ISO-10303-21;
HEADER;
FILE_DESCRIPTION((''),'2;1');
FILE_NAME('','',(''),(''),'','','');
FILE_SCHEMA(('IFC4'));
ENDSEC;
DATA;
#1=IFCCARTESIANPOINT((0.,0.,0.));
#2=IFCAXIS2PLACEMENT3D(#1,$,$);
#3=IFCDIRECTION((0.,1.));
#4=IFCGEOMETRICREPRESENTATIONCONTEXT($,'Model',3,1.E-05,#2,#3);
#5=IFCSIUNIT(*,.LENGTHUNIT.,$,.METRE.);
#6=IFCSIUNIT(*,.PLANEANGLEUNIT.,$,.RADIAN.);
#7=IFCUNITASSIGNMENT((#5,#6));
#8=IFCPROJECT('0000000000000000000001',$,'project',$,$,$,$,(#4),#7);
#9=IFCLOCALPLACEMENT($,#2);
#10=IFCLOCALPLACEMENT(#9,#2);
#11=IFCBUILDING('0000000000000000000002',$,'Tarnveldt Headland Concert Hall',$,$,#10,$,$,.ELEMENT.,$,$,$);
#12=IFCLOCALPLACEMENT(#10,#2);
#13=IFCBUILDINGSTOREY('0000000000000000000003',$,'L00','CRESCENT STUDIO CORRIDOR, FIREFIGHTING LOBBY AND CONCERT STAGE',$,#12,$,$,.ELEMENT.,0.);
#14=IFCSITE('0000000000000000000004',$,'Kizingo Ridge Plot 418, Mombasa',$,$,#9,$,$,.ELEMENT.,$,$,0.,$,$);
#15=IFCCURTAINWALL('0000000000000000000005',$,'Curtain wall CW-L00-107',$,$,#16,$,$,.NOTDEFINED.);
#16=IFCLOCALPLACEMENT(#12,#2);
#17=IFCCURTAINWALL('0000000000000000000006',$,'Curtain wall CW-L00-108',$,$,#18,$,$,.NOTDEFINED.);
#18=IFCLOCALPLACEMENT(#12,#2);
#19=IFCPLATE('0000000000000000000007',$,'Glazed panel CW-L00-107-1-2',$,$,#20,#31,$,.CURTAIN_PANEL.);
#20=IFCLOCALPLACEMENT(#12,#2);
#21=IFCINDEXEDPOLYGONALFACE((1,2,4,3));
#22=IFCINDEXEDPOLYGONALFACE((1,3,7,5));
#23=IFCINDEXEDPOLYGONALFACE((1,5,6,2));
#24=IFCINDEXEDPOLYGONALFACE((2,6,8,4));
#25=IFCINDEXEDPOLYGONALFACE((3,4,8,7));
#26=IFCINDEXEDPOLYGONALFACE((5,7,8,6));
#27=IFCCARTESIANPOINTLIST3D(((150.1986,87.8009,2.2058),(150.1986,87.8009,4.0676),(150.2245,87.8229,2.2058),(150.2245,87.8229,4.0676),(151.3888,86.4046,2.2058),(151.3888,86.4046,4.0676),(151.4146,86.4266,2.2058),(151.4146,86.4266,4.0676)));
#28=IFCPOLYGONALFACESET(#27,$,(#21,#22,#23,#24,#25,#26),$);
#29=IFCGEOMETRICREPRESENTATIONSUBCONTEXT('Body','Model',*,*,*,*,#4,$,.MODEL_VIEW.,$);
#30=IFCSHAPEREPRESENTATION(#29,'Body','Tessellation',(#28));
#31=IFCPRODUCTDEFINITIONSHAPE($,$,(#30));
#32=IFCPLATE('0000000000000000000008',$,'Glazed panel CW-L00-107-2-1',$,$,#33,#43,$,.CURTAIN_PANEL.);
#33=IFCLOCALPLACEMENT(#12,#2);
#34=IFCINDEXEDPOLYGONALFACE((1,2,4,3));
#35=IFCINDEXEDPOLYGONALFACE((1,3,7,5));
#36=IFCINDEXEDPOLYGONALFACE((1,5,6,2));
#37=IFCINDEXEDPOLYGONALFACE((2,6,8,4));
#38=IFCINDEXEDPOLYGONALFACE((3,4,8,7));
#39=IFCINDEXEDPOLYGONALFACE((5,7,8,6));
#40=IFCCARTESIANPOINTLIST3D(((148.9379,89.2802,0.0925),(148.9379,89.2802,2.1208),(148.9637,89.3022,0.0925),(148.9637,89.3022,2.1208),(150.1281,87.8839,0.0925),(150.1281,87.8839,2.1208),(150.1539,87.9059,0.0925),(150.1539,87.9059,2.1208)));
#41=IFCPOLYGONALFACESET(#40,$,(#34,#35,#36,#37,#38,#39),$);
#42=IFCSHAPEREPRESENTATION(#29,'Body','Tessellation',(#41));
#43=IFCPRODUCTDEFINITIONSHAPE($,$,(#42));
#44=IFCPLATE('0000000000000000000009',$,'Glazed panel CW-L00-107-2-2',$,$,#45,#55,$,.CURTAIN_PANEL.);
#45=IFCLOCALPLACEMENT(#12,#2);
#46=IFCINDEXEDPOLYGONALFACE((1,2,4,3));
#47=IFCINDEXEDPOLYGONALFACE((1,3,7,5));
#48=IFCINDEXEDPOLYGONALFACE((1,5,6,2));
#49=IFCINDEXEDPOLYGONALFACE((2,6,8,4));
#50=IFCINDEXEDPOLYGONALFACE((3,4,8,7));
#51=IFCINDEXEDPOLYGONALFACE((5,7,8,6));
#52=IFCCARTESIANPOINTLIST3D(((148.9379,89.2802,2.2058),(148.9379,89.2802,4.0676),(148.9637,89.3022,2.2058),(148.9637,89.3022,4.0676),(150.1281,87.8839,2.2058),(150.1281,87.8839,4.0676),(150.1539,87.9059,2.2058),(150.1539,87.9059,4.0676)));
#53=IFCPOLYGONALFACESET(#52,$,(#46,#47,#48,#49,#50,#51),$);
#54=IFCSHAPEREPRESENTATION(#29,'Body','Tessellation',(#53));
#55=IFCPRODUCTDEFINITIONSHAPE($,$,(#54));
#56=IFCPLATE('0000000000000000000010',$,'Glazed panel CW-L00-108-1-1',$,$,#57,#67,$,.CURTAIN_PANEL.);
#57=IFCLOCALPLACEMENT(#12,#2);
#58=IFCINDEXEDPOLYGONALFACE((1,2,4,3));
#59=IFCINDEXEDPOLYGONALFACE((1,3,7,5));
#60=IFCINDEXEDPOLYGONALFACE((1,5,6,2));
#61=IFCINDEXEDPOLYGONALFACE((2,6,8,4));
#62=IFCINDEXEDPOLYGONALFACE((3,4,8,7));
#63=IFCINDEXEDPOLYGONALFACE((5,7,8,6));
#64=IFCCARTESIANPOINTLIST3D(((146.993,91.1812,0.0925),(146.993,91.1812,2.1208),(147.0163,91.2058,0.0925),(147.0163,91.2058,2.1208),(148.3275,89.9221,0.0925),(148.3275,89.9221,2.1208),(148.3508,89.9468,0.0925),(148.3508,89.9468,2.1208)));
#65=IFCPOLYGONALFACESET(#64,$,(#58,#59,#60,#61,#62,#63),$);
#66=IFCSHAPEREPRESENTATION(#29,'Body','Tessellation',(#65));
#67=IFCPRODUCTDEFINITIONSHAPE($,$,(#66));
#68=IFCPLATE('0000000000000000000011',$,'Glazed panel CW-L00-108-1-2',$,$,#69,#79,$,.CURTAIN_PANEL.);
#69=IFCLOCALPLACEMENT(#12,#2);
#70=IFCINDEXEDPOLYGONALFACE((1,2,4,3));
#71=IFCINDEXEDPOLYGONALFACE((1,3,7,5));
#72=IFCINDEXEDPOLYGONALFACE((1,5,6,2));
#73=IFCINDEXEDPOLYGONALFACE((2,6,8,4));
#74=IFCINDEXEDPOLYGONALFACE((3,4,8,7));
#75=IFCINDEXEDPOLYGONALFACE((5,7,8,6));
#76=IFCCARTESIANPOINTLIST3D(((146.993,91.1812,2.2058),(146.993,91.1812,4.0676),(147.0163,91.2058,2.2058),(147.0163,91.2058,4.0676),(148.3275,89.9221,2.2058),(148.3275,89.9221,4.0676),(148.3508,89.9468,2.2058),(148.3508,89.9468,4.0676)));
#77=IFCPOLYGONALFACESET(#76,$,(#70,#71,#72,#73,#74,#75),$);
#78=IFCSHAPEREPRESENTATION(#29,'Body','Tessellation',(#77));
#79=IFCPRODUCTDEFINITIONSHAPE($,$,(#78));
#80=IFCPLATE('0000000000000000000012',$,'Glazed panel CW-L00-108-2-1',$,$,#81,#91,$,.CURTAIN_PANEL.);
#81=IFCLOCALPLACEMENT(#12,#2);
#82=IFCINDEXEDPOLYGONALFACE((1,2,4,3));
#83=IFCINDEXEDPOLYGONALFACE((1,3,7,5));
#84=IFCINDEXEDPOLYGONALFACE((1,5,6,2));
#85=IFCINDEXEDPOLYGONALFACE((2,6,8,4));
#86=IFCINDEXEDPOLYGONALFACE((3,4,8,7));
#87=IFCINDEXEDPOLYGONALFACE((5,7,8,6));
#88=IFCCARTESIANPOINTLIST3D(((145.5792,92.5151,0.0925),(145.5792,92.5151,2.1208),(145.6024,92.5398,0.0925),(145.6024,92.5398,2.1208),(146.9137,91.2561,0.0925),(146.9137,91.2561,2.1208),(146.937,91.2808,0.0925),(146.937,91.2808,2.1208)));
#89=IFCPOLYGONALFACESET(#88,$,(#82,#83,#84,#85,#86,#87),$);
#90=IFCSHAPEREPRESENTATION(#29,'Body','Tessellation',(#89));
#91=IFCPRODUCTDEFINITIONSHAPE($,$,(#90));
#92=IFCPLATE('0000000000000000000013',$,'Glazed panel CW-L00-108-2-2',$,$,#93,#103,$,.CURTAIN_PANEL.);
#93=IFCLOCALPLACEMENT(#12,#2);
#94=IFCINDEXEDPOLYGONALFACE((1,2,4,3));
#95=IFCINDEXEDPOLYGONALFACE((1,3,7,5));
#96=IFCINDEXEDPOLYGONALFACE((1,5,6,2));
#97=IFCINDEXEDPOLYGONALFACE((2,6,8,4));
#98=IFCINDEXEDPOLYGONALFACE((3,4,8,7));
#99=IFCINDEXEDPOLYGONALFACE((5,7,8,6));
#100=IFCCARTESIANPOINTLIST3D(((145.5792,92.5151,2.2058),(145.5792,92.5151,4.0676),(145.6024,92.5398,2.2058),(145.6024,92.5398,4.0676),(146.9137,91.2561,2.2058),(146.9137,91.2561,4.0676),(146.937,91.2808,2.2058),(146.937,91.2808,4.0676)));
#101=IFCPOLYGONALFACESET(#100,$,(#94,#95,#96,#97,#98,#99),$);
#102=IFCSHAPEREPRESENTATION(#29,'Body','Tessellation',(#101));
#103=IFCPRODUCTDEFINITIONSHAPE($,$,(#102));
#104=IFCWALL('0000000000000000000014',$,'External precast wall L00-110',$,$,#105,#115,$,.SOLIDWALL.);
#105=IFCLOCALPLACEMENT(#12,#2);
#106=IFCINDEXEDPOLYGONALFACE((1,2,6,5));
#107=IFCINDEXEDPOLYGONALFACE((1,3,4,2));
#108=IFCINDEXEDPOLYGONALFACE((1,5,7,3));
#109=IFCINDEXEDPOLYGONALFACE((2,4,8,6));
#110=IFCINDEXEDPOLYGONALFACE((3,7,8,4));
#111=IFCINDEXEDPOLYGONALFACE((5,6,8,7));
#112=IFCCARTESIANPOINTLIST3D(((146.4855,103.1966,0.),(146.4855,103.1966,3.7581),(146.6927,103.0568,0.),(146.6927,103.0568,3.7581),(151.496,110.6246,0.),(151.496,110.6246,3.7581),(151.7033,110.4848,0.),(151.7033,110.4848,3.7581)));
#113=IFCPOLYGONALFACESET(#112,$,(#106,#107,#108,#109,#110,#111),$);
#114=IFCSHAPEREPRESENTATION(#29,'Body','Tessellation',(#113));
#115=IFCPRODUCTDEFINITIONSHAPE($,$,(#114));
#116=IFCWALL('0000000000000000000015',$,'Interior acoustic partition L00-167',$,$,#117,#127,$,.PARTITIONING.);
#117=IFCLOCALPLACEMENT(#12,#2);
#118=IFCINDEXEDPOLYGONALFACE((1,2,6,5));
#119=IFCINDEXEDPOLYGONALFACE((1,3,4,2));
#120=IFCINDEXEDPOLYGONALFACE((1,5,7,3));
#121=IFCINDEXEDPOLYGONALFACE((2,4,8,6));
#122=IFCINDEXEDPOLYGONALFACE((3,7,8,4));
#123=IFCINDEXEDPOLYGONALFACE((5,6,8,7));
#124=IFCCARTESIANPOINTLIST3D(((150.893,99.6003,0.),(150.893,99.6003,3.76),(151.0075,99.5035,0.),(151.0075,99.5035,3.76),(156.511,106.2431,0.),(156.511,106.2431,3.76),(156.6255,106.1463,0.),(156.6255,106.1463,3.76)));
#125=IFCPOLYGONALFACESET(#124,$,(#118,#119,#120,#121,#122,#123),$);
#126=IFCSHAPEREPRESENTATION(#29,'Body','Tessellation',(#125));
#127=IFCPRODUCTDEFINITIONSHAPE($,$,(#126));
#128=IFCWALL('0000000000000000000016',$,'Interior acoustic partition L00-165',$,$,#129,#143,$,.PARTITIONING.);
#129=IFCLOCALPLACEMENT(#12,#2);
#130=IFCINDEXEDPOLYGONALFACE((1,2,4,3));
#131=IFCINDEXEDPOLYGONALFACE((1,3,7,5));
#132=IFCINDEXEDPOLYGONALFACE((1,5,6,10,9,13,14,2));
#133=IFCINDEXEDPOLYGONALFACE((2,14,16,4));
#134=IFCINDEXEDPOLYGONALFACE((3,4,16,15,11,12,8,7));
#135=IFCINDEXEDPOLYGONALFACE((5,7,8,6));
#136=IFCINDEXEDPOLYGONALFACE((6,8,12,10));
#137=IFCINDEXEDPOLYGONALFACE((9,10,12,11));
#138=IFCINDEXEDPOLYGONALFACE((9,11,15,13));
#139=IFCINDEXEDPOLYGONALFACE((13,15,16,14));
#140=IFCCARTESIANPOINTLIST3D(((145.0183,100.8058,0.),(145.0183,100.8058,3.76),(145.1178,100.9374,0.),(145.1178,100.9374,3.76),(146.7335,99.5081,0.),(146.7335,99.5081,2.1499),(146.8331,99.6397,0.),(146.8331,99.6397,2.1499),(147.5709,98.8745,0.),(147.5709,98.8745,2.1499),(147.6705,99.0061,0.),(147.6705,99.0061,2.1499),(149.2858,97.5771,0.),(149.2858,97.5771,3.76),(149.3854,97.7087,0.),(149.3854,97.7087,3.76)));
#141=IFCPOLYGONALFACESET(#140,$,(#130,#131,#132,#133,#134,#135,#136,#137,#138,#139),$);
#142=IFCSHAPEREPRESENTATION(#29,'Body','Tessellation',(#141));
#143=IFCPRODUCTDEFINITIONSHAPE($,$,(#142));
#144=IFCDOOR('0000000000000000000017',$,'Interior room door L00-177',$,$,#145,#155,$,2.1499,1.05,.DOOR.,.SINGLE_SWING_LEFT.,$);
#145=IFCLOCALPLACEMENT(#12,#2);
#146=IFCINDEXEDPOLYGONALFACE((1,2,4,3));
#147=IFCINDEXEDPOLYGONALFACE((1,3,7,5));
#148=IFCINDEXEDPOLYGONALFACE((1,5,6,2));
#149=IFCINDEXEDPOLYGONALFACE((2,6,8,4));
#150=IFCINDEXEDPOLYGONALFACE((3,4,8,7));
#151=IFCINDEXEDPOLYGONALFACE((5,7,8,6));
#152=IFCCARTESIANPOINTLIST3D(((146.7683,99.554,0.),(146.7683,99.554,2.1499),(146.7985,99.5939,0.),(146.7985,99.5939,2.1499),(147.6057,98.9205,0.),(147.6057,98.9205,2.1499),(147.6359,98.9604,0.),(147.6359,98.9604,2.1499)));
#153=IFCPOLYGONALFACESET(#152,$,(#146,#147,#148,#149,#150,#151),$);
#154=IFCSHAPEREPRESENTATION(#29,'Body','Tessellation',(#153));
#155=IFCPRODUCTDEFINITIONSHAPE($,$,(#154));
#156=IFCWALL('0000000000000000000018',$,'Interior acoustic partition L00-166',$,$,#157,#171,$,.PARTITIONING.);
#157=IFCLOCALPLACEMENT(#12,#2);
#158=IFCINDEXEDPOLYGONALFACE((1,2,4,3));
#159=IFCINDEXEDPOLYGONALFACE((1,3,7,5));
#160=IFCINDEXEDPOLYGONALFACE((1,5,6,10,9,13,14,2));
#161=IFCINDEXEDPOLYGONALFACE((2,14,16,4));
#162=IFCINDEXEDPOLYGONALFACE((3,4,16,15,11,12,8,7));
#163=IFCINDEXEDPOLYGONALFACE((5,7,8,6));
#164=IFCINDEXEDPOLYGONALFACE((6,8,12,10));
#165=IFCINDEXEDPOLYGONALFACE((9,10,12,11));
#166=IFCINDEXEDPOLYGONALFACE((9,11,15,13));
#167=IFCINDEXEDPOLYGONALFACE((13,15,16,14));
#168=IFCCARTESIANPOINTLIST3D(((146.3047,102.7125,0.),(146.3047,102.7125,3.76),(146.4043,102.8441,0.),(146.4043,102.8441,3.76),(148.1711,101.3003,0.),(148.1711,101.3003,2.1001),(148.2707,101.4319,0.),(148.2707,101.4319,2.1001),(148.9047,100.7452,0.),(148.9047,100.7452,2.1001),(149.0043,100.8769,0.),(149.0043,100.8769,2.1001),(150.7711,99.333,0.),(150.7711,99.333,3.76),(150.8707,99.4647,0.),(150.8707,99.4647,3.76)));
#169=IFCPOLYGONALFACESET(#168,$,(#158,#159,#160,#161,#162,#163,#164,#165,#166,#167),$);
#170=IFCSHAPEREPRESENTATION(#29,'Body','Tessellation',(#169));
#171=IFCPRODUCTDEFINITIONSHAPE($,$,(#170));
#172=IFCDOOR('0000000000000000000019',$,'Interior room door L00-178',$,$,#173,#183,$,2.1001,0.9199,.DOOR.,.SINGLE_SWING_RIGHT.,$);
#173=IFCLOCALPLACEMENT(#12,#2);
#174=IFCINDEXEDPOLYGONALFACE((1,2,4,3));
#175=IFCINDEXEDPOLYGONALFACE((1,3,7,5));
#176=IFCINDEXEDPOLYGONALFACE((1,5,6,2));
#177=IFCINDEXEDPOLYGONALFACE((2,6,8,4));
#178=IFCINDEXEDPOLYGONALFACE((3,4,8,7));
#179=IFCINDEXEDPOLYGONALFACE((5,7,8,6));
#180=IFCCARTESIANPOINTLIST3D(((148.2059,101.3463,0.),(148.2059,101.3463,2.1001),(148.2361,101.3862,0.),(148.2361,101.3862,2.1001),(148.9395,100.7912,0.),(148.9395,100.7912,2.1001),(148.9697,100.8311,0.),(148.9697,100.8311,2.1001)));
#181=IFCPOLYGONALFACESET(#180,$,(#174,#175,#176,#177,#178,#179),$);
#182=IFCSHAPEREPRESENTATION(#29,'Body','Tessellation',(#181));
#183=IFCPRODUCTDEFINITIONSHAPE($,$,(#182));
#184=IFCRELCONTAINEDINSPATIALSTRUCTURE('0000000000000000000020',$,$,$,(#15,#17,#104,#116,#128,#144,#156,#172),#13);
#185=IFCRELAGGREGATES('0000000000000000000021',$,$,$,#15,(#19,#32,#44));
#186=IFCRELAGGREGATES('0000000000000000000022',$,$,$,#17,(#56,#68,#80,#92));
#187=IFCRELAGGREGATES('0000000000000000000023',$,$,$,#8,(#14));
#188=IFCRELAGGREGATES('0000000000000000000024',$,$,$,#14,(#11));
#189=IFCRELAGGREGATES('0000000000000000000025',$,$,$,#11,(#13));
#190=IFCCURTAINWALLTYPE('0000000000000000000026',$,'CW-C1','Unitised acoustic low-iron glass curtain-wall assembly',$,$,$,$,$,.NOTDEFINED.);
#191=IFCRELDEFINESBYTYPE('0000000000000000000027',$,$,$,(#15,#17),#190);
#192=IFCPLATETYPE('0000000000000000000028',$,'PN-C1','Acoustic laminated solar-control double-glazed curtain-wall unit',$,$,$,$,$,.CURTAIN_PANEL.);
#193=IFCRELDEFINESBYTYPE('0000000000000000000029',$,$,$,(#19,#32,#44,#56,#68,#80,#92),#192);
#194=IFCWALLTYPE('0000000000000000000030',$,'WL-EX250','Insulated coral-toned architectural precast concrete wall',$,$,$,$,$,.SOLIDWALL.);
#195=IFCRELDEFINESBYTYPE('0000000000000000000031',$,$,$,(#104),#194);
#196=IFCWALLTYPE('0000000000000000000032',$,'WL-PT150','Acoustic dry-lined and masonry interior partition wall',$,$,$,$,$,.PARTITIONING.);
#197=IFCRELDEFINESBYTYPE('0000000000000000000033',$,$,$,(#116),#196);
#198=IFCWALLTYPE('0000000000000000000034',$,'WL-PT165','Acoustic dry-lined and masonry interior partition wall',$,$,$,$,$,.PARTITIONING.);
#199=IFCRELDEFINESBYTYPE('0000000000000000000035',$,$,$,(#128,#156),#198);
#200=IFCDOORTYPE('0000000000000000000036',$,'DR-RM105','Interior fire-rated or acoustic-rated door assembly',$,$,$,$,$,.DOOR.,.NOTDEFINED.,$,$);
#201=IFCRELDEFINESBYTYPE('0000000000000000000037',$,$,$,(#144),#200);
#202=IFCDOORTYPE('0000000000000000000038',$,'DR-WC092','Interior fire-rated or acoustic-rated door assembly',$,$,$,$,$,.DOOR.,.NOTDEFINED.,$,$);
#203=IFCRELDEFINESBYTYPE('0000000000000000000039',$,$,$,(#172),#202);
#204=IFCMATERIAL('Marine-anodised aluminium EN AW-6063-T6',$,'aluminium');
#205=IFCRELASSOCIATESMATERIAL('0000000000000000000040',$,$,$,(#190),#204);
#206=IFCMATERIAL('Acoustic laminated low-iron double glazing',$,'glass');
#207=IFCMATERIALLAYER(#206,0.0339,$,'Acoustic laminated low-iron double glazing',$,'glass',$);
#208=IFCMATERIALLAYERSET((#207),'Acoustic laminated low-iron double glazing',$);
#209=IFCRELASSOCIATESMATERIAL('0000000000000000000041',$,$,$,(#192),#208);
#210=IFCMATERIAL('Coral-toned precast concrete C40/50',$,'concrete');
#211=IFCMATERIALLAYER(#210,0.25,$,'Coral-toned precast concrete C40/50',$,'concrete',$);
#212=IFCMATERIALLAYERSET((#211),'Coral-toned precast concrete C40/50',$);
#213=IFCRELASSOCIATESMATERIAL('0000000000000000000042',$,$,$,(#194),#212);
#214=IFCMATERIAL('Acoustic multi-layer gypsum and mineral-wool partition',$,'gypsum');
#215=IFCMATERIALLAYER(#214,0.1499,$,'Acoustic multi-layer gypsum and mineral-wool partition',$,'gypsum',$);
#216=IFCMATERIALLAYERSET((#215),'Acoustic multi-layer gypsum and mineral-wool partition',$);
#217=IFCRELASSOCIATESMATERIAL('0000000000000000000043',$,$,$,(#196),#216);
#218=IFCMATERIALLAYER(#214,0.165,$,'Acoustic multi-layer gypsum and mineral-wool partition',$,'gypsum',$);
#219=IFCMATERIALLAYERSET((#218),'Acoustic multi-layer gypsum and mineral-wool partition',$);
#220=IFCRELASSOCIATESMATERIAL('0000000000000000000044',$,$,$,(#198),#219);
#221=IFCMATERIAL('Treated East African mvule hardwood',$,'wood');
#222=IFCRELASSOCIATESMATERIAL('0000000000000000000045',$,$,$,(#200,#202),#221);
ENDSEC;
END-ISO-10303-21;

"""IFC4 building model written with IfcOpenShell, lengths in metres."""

from ifc_helpers import new_model, si_unit, direction, frame, frame_2d, origin, origin_2d, place, context, subcontext, project, spatial, rectangle, extrude, material, layer, layer_set, type_object, element, fill, aggregate, save


model = new_model("IFC4")

# Units and contexts
model_context = context("Model", 3, precision=1e-05, world=origin(), true_north=direction((0.0, 1.0)))
body_context = subcontext(model_context, "Body", "Model", "MODEL_VIEW")
ifc_project = project(units=[si_unit("LENGTHUNIT", "METRE"), si_unit("PLANEANGLEUNIT", "RADIAN")], contexts=[model_context])

# Site, building, storey
site_placement = place(None, origin())
site = spatial("IfcSite", under=ifc_project, at=site_placement, Name="Kizingo Ridge Plot 418, Mombasa", CompositionType="ELEMENT", RefElevation=0.0)
building_placement = place(site_placement, origin())
building = spatial("IfcBuilding", under=site, at=building_placement, Name="Tarnveldt Headland Concert Hall", CompositionType="ELEMENT")
storey_placement = place(building_placement, origin())
storey = spatial("IfcBuildingStorey", under=building, at=storey_placement, Name="L00", Description="CRESCENT STUDIO CORRIDOR, FIREFIGHTING LOBBY AND CONCERT STAGE", CompositionType="ELEMENT", Elevation=0.0)

# Curtain walls
ifc_material_1 = material(Name="Marine-anodised aluminium EN AW-6063-T6", Category="aluminium")
curtain_wall_type = type_object("IfcCurtainWallType", Name="CW-C1", Description="Unitised acoustic low-iron glass curtain-wall assembly", PredefinedType="NOTDEFINED", material=ifc_material_1)
curtain_wall_1_placement = place(storey_placement, origin())
curtain_wall_1 = element("IfcCurtainWall", 1, at=curtain_wall_1_placement, inside=storey, type_object=curtain_wall_type, Name="Curtain wall CW-L00-107", PredefinedType="NOTDEFINED")
curtain_wall_2_placement = place(storey_placement, origin())
curtain_wall_2 = element("IfcCurtainWall", 2, at=curtain_wall_2_placement, inside=storey, type_object=curtain_wall_type, Name="Curtain wall CW-L00-108", PredefinedType="NOTDEFINED")

# Plates
ifc_material_2 = material(Name="Acoustic laminated low-iron double glazing", Category="glass")
ifc_layer_1 = layer(ifc_material_2, 0.0339, Name="Acoustic laminated low-iron double glazing", Category="glass")
ifc_layer_set_1 = layer_set([ifc_layer_1], Name="Acoustic laminated low-iron double glazing")
plate_type = type_object("IfcPlateType", Name="PN-C1", Description="Acoustic laminated solar-control double-glazed curtain-wall unit", PredefinedType="CURTAIN_PANEL", material=ifc_layer_set_1)
plate_1_placement = place(storey_placement, frame((150.8066, 87.1138, 2.2058), z_axis=(0.0, 0.0, 1.0), x_axis=(-0.648705, 0.76104, 0.0)))
plate_1 = element("IfcPlate", 3, at=plate_1_placement, type_object=plate_type, Name="Glazed panel CW-L00-107-1-2", PredefinedType="CURTAIN_PANEL", context=body_context, shape_type="SweptSolid", body=[
    extrude(rectangle(XDim=1.8347, YDim=0.0339, at=origin_2d()), origin(), (0.0, 0.0, 1.0), 1.8618),
])
plate_2_placement = place(storey_placement, frame((149.5459, 88.593, 0.0925), z_axis=(0.0, 0.0, 1.0), x_axis=(-0.648705, 0.76104, 0.0)))
plate_2 = element("IfcPlate", 4, at=plate_2_placement, type_object=plate_type, Name="Glazed panel CW-L00-107-2-1", PredefinedType="CURTAIN_PANEL", context=body_context, shape_type="SweptSolid", body=[
    extrude(rectangle(XDim=1.8347, YDim=0.0339, at=origin_2d()), origin(), (0.0, 0.0, 1.0), 2.0283),
])
plate_3_placement = place(storey_placement, frame((149.5459, 88.593, 2.2058), z_axis=(0.0, 0.0, 1.0), x_axis=(-0.648705, 0.76104, 0.0)))
plate_3 = element("IfcPlate", 5, at=plate_3_placement, type_object=plate_type, Name="Glazed panel CW-L00-107-2-2", PredefinedType="CURTAIN_PANEL", context=body_context, shape_type="SweptSolid", body=[
    extrude(rectangle(XDim=1.8347, YDim=0.0339, at=origin_2d()), origin(), (0.0, 0.0, 1.0), 1.8618),
])
aggregate(curtain_wall_1, [plate_1, plate_2, plate_3])
plate_4_placement = place(storey_placement, frame((147.6719, 90.564, 0.0925), z_axis=(0.0, 0.0, 1.0), x_axis=(-0.727366, 0.68625, 0.0)))
plate_4 = element("IfcPlate", 6, at=plate_4_placement, type_object=plate_type, Name="Glazed panel CW-L00-108-1-1", PredefinedType="CURTAIN_PANEL", context=body_context, shape_type="SweptSolid", body=[
    extrude(rectangle(XDim=1.8347, YDim=0.0339, at=origin_2d()), origin(), (0.0, 0.0, 1.0), 2.0283),
])
plate_5_placement = place(storey_placement, frame((147.6719, 90.564, 2.2058), z_axis=(0.0, 0.0, 1.0), x_axis=(-0.727366, 0.68625, 0.0)))
plate_5 = element("IfcPlate", 7, at=plate_5_placement, type_object=plate_type, Name="Glazed panel CW-L00-108-1-2", PredefinedType="CURTAIN_PANEL", context=body_context, shape_type="SweptSolid", body=[
    extrude(rectangle(XDim=1.8347, YDim=0.0339, at=origin_2d()), origin(), (0.0, 0.0, 1.0), 1.8618),
])
plate_6_placement = place(storey_placement, frame((146.2581, 91.8979, 0.0925), z_axis=(0.0, 0.0, 1.0), x_axis=(-0.727366, 0.68625, 0.0)))
plate_6 = element("IfcPlate", 8, at=plate_6_placement, type_object=plate_type, Name="Glazed panel CW-L00-108-2-1", PredefinedType="CURTAIN_PANEL", context=body_context, shape_type="SweptSolid", body=[
    extrude(rectangle(XDim=1.8347, YDim=0.0339, at=origin_2d()), origin(), (0.0, 0.0, 1.0), 2.0283),
])
plate_7_placement = place(storey_placement, frame((146.2581, 91.8979, 2.2058), z_axis=(0.0, 0.0, 1.0), x_axis=(-0.727366, 0.68625, 0.0)))
plate_7 = element("IfcPlate", 9, at=plate_7_placement, type_object=plate_type, Name="Glazed panel CW-L00-108-2-2", PredefinedType="CURTAIN_PANEL", context=body_context, shape_type="SweptSolid", body=[
    extrude(rectangle(XDim=1.8347, YDim=0.0339, at=origin_2d()), origin(), (0.0, 0.0, 1.0), 1.8618),
])
aggregate(curtain_wall_2, [plate_4, plate_5, plate_6, plate_7])

# Walls
ifc_material_3 = material(Name="Coral-toned precast concrete C40/50", Category="concrete")
ifc_layer_2 = layer(ifc_material_3, 0.25, Name="Coral-toned precast concrete C40/50", Category="concrete")
ifc_layer_set_2 = layer_set([ifc_layer_2], Name="Coral-toned precast concrete C40/50")
wall_type_1 = type_object("IfcWallType", Name="WL-EX250", Description="Insulated coral-toned architectural precast concrete wall", PredefinedType="SOLIDWALL", material=ifc_layer_set_2)
wall_1_placement = place(storey_placement, frame((146.5891, 103.1267, 0.0), z_axis=(0.0, 0.0, 1.0), x_axis=(0.559213, 0.829024, 0.0)))
element("IfcWall", 10, at=wall_1_placement, inside=storey, type_object=wall_type_1, Name="External precast wall L00-110", PredefinedType="SOLIDWALL", context=body_context, shape_type="SweptSolid", body=[
    extrude(rectangle(XDim=8.96, YDim=0.25, at=frame_2d((4.48, 0.0))), origin(), (0.0, 0.0, 1.0), 3.7581),
])
ifc_material_4 = material(Name="Acoustic multi-layer gypsum and mineral-wool partition", Category="gypsum")
ifc_layer_3 = layer(ifc_material_4, 0.1499, Name="Acoustic multi-layer gypsum and mineral-wool partition", Category="gypsum")
ifc_layer_set_3 = layer_set([ifc_layer_3], Name="Acoustic multi-layer gypsum and mineral-wool partition")
wall_type_2 = type_object("IfcWallType", Name="WL-PT150", Description="Acoustic dry-lined and masonry interior partition wall", PredefinedType="PARTITIONING", material=ifc_layer_set_3)
wall_2_placement = place(storey_placement, frame((150.9502, 99.5518, 0.0), z_axis=(0.0, 0.0, 1.0), x_axis=(0.645746, 0.763552, 0.0)))
element("IfcWall", 11, at=wall_2_placement, inside=storey, type_object=wall_type_2, Name="Interior acoustic partition L00-167", PredefinedType="PARTITIONING", context=body_context, shape_type="SweptSolid", body=[
    extrude(rectangle(XDim=8.7, YDim=0.1499, at=frame_2d((4.3501, 0.0))), origin(), (0.0, 0.0, 1.0), 3.76),
])

# Walls, openings, doors
ifc_layer_4 = layer(ifc_material_4, 0.165, Name="Acoustic multi-layer gypsum and mineral-wool partition", Category="gypsum")
ifc_layer_set_4 = layer_set([ifc_layer_4], Name="Acoustic multi-layer gypsum and mineral-wool partition")
wall_type_3 = type_object("IfcWallType", Name="WL-PT165", Description="Acoustic dry-lined and masonry interior partition wall", PredefinedType="PARTITIONING", material=ifc_layer_set_4)
wall_3_placement = place(storey_placement, frame((149.3357, 97.6428, 0.0), z_axis=(0.0, 0.0, 1.0), x_axis=(-0.797475, 0.603353, 0.0)))
wall_3 = element("IfcWall", 12, at=wall_3_placement, inside=storey, type_object=wall_type_3, Name="Interior acoustic partition L00-165", PredefinedType="PARTITIONING", context=body_context, shape_type="SweptSolid", body=[
    extrude(rectangle(XDim=5.3513, YDim=0.165, at=frame_2d((2.6758, 0.0))), origin(), (0.0, 0.0, 1.0), 3.76),
])
opening_1_placement = place(wall_3_placement, frame((2.1506, 0.0, 0.0)))
opening_1 = element("IfcOpeningElement", 13, at=opening_1_placement, cuts=wall_3, PredefinedType="OPENING", context=body_context, shape_type="SweptSolid", body=[
    extrude(rectangle(XDim=1.05, YDim=2.1499, at=frame_2d((0.5249, 1.075))), frame((0.0, 0.0925, 0.0), z_axis=(0.0, -1.0, 0.0), x_axis=(1.0, 0.0, 0.0)), (0.0, 0.0, 1.0), 0.1851),
])
ifc_material_5 = material(Name="Treated East African mvule hardwood", Category="wood")
door_type_1 = type_object("IfcDoorType", Name="DR-RM105", Description="Interior fire-rated or acoustic-rated door assembly", OperationType="NOTDEFINED", PredefinedType="DOOR", material=ifc_material_5)
door_1_placement = place(opening_1_placement, origin())
door_1 = element("IfcDoor", 14, at=door_1_placement, inside=storey, type_object=door_type_1, Name="Interior room door L00-177", OperationType="SINGLE_SWING_LEFT", OverallHeight=2.1499, OverallWidth=1.05, PredefinedType="DOOR", context=body_context, shape_type="SweptSolid", body=[
    extrude(rectangle(XDim=1.05, YDim=2.1499, at=frame_2d((0.5249, 1.075))), frame((0.0, 0.0249, 0.0), z_axis=(0.0, -1.0, 0.0), x_axis=(1.0, 0.0, 0.0)), (0.0, 0.0, 1.0), 0.05),
])
fill(opening_1, door_1)
wall_4_placement = place(storey_placement, frame((150.8208, 99.3989, 0.0), z_axis=(0.0, 0.0, 1.0), x_axis=(-0.797451, 0.603384, 0.0)))
wall_4 = element("IfcWall", 15, at=wall_4_placement, inside=storey, type_object=wall_type_3, Name="Interior acoustic partition L00-166", PredefinedType="PARTITIONING", context=body_context, shape_type="SweptSolid", body=[
    extrude(rectangle(XDim=5.6008, YDim=0.165, at=frame_2d((2.8003, 0.0))), origin(), (0.0, 0.0, 1.0), 3.76),
])
opening_2_placement = place(wall_4_placement, frame((2.3403, 0.0, 0.0)))
opening_2 = element("IfcOpeningElement", 16, at=opening_2_placement, cuts=wall_4, PredefinedType="OPENING", context=body_context, shape_type="SweptSolid", body=[
    extrude(rectangle(XDim=0.9199, YDim=2.1001, at=frame_2d((0.46, 1.05))), frame((0.0, 0.0925, 0.0), z_axis=(0.0, -1.0, 0.0), x_axis=(1.0, 0.0, 0.0)), (0.0, 0.0, 1.0), 0.1851),
])
door_type_2 = type_object("IfcDoorType", Name="DR-WC092", Description="Interior fire-rated or acoustic-rated door assembly", OperationType="NOTDEFINED", PredefinedType="DOOR", material=ifc_material_5)
door_2_placement = place(opening_2_placement, origin())
door_2 = element("IfcDoor", 17, at=door_2_placement, inside=storey, type_object=door_type_2, Name="Interior room door L00-178", OperationType="SINGLE_SWING_RIGHT", OverallHeight=2.1001, OverallWidth=0.9199, PredefinedType="DOOR", context=body_context, shape_type="SweptSolid", body=[
    extrude(rectangle(XDim=0.9199, YDim=2.1001, at=frame_2d((0.46, 1.05))), frame((0.0, 0.0249, 0.0), z_axis=(0.0, -1.0, 0.0), x_axis=(1.0, 0.0, 0.0)), (0.0, 0.0, 1.0), 0.05),
])
fill(opening_2, door_2)

save(model, "model.ifc")
